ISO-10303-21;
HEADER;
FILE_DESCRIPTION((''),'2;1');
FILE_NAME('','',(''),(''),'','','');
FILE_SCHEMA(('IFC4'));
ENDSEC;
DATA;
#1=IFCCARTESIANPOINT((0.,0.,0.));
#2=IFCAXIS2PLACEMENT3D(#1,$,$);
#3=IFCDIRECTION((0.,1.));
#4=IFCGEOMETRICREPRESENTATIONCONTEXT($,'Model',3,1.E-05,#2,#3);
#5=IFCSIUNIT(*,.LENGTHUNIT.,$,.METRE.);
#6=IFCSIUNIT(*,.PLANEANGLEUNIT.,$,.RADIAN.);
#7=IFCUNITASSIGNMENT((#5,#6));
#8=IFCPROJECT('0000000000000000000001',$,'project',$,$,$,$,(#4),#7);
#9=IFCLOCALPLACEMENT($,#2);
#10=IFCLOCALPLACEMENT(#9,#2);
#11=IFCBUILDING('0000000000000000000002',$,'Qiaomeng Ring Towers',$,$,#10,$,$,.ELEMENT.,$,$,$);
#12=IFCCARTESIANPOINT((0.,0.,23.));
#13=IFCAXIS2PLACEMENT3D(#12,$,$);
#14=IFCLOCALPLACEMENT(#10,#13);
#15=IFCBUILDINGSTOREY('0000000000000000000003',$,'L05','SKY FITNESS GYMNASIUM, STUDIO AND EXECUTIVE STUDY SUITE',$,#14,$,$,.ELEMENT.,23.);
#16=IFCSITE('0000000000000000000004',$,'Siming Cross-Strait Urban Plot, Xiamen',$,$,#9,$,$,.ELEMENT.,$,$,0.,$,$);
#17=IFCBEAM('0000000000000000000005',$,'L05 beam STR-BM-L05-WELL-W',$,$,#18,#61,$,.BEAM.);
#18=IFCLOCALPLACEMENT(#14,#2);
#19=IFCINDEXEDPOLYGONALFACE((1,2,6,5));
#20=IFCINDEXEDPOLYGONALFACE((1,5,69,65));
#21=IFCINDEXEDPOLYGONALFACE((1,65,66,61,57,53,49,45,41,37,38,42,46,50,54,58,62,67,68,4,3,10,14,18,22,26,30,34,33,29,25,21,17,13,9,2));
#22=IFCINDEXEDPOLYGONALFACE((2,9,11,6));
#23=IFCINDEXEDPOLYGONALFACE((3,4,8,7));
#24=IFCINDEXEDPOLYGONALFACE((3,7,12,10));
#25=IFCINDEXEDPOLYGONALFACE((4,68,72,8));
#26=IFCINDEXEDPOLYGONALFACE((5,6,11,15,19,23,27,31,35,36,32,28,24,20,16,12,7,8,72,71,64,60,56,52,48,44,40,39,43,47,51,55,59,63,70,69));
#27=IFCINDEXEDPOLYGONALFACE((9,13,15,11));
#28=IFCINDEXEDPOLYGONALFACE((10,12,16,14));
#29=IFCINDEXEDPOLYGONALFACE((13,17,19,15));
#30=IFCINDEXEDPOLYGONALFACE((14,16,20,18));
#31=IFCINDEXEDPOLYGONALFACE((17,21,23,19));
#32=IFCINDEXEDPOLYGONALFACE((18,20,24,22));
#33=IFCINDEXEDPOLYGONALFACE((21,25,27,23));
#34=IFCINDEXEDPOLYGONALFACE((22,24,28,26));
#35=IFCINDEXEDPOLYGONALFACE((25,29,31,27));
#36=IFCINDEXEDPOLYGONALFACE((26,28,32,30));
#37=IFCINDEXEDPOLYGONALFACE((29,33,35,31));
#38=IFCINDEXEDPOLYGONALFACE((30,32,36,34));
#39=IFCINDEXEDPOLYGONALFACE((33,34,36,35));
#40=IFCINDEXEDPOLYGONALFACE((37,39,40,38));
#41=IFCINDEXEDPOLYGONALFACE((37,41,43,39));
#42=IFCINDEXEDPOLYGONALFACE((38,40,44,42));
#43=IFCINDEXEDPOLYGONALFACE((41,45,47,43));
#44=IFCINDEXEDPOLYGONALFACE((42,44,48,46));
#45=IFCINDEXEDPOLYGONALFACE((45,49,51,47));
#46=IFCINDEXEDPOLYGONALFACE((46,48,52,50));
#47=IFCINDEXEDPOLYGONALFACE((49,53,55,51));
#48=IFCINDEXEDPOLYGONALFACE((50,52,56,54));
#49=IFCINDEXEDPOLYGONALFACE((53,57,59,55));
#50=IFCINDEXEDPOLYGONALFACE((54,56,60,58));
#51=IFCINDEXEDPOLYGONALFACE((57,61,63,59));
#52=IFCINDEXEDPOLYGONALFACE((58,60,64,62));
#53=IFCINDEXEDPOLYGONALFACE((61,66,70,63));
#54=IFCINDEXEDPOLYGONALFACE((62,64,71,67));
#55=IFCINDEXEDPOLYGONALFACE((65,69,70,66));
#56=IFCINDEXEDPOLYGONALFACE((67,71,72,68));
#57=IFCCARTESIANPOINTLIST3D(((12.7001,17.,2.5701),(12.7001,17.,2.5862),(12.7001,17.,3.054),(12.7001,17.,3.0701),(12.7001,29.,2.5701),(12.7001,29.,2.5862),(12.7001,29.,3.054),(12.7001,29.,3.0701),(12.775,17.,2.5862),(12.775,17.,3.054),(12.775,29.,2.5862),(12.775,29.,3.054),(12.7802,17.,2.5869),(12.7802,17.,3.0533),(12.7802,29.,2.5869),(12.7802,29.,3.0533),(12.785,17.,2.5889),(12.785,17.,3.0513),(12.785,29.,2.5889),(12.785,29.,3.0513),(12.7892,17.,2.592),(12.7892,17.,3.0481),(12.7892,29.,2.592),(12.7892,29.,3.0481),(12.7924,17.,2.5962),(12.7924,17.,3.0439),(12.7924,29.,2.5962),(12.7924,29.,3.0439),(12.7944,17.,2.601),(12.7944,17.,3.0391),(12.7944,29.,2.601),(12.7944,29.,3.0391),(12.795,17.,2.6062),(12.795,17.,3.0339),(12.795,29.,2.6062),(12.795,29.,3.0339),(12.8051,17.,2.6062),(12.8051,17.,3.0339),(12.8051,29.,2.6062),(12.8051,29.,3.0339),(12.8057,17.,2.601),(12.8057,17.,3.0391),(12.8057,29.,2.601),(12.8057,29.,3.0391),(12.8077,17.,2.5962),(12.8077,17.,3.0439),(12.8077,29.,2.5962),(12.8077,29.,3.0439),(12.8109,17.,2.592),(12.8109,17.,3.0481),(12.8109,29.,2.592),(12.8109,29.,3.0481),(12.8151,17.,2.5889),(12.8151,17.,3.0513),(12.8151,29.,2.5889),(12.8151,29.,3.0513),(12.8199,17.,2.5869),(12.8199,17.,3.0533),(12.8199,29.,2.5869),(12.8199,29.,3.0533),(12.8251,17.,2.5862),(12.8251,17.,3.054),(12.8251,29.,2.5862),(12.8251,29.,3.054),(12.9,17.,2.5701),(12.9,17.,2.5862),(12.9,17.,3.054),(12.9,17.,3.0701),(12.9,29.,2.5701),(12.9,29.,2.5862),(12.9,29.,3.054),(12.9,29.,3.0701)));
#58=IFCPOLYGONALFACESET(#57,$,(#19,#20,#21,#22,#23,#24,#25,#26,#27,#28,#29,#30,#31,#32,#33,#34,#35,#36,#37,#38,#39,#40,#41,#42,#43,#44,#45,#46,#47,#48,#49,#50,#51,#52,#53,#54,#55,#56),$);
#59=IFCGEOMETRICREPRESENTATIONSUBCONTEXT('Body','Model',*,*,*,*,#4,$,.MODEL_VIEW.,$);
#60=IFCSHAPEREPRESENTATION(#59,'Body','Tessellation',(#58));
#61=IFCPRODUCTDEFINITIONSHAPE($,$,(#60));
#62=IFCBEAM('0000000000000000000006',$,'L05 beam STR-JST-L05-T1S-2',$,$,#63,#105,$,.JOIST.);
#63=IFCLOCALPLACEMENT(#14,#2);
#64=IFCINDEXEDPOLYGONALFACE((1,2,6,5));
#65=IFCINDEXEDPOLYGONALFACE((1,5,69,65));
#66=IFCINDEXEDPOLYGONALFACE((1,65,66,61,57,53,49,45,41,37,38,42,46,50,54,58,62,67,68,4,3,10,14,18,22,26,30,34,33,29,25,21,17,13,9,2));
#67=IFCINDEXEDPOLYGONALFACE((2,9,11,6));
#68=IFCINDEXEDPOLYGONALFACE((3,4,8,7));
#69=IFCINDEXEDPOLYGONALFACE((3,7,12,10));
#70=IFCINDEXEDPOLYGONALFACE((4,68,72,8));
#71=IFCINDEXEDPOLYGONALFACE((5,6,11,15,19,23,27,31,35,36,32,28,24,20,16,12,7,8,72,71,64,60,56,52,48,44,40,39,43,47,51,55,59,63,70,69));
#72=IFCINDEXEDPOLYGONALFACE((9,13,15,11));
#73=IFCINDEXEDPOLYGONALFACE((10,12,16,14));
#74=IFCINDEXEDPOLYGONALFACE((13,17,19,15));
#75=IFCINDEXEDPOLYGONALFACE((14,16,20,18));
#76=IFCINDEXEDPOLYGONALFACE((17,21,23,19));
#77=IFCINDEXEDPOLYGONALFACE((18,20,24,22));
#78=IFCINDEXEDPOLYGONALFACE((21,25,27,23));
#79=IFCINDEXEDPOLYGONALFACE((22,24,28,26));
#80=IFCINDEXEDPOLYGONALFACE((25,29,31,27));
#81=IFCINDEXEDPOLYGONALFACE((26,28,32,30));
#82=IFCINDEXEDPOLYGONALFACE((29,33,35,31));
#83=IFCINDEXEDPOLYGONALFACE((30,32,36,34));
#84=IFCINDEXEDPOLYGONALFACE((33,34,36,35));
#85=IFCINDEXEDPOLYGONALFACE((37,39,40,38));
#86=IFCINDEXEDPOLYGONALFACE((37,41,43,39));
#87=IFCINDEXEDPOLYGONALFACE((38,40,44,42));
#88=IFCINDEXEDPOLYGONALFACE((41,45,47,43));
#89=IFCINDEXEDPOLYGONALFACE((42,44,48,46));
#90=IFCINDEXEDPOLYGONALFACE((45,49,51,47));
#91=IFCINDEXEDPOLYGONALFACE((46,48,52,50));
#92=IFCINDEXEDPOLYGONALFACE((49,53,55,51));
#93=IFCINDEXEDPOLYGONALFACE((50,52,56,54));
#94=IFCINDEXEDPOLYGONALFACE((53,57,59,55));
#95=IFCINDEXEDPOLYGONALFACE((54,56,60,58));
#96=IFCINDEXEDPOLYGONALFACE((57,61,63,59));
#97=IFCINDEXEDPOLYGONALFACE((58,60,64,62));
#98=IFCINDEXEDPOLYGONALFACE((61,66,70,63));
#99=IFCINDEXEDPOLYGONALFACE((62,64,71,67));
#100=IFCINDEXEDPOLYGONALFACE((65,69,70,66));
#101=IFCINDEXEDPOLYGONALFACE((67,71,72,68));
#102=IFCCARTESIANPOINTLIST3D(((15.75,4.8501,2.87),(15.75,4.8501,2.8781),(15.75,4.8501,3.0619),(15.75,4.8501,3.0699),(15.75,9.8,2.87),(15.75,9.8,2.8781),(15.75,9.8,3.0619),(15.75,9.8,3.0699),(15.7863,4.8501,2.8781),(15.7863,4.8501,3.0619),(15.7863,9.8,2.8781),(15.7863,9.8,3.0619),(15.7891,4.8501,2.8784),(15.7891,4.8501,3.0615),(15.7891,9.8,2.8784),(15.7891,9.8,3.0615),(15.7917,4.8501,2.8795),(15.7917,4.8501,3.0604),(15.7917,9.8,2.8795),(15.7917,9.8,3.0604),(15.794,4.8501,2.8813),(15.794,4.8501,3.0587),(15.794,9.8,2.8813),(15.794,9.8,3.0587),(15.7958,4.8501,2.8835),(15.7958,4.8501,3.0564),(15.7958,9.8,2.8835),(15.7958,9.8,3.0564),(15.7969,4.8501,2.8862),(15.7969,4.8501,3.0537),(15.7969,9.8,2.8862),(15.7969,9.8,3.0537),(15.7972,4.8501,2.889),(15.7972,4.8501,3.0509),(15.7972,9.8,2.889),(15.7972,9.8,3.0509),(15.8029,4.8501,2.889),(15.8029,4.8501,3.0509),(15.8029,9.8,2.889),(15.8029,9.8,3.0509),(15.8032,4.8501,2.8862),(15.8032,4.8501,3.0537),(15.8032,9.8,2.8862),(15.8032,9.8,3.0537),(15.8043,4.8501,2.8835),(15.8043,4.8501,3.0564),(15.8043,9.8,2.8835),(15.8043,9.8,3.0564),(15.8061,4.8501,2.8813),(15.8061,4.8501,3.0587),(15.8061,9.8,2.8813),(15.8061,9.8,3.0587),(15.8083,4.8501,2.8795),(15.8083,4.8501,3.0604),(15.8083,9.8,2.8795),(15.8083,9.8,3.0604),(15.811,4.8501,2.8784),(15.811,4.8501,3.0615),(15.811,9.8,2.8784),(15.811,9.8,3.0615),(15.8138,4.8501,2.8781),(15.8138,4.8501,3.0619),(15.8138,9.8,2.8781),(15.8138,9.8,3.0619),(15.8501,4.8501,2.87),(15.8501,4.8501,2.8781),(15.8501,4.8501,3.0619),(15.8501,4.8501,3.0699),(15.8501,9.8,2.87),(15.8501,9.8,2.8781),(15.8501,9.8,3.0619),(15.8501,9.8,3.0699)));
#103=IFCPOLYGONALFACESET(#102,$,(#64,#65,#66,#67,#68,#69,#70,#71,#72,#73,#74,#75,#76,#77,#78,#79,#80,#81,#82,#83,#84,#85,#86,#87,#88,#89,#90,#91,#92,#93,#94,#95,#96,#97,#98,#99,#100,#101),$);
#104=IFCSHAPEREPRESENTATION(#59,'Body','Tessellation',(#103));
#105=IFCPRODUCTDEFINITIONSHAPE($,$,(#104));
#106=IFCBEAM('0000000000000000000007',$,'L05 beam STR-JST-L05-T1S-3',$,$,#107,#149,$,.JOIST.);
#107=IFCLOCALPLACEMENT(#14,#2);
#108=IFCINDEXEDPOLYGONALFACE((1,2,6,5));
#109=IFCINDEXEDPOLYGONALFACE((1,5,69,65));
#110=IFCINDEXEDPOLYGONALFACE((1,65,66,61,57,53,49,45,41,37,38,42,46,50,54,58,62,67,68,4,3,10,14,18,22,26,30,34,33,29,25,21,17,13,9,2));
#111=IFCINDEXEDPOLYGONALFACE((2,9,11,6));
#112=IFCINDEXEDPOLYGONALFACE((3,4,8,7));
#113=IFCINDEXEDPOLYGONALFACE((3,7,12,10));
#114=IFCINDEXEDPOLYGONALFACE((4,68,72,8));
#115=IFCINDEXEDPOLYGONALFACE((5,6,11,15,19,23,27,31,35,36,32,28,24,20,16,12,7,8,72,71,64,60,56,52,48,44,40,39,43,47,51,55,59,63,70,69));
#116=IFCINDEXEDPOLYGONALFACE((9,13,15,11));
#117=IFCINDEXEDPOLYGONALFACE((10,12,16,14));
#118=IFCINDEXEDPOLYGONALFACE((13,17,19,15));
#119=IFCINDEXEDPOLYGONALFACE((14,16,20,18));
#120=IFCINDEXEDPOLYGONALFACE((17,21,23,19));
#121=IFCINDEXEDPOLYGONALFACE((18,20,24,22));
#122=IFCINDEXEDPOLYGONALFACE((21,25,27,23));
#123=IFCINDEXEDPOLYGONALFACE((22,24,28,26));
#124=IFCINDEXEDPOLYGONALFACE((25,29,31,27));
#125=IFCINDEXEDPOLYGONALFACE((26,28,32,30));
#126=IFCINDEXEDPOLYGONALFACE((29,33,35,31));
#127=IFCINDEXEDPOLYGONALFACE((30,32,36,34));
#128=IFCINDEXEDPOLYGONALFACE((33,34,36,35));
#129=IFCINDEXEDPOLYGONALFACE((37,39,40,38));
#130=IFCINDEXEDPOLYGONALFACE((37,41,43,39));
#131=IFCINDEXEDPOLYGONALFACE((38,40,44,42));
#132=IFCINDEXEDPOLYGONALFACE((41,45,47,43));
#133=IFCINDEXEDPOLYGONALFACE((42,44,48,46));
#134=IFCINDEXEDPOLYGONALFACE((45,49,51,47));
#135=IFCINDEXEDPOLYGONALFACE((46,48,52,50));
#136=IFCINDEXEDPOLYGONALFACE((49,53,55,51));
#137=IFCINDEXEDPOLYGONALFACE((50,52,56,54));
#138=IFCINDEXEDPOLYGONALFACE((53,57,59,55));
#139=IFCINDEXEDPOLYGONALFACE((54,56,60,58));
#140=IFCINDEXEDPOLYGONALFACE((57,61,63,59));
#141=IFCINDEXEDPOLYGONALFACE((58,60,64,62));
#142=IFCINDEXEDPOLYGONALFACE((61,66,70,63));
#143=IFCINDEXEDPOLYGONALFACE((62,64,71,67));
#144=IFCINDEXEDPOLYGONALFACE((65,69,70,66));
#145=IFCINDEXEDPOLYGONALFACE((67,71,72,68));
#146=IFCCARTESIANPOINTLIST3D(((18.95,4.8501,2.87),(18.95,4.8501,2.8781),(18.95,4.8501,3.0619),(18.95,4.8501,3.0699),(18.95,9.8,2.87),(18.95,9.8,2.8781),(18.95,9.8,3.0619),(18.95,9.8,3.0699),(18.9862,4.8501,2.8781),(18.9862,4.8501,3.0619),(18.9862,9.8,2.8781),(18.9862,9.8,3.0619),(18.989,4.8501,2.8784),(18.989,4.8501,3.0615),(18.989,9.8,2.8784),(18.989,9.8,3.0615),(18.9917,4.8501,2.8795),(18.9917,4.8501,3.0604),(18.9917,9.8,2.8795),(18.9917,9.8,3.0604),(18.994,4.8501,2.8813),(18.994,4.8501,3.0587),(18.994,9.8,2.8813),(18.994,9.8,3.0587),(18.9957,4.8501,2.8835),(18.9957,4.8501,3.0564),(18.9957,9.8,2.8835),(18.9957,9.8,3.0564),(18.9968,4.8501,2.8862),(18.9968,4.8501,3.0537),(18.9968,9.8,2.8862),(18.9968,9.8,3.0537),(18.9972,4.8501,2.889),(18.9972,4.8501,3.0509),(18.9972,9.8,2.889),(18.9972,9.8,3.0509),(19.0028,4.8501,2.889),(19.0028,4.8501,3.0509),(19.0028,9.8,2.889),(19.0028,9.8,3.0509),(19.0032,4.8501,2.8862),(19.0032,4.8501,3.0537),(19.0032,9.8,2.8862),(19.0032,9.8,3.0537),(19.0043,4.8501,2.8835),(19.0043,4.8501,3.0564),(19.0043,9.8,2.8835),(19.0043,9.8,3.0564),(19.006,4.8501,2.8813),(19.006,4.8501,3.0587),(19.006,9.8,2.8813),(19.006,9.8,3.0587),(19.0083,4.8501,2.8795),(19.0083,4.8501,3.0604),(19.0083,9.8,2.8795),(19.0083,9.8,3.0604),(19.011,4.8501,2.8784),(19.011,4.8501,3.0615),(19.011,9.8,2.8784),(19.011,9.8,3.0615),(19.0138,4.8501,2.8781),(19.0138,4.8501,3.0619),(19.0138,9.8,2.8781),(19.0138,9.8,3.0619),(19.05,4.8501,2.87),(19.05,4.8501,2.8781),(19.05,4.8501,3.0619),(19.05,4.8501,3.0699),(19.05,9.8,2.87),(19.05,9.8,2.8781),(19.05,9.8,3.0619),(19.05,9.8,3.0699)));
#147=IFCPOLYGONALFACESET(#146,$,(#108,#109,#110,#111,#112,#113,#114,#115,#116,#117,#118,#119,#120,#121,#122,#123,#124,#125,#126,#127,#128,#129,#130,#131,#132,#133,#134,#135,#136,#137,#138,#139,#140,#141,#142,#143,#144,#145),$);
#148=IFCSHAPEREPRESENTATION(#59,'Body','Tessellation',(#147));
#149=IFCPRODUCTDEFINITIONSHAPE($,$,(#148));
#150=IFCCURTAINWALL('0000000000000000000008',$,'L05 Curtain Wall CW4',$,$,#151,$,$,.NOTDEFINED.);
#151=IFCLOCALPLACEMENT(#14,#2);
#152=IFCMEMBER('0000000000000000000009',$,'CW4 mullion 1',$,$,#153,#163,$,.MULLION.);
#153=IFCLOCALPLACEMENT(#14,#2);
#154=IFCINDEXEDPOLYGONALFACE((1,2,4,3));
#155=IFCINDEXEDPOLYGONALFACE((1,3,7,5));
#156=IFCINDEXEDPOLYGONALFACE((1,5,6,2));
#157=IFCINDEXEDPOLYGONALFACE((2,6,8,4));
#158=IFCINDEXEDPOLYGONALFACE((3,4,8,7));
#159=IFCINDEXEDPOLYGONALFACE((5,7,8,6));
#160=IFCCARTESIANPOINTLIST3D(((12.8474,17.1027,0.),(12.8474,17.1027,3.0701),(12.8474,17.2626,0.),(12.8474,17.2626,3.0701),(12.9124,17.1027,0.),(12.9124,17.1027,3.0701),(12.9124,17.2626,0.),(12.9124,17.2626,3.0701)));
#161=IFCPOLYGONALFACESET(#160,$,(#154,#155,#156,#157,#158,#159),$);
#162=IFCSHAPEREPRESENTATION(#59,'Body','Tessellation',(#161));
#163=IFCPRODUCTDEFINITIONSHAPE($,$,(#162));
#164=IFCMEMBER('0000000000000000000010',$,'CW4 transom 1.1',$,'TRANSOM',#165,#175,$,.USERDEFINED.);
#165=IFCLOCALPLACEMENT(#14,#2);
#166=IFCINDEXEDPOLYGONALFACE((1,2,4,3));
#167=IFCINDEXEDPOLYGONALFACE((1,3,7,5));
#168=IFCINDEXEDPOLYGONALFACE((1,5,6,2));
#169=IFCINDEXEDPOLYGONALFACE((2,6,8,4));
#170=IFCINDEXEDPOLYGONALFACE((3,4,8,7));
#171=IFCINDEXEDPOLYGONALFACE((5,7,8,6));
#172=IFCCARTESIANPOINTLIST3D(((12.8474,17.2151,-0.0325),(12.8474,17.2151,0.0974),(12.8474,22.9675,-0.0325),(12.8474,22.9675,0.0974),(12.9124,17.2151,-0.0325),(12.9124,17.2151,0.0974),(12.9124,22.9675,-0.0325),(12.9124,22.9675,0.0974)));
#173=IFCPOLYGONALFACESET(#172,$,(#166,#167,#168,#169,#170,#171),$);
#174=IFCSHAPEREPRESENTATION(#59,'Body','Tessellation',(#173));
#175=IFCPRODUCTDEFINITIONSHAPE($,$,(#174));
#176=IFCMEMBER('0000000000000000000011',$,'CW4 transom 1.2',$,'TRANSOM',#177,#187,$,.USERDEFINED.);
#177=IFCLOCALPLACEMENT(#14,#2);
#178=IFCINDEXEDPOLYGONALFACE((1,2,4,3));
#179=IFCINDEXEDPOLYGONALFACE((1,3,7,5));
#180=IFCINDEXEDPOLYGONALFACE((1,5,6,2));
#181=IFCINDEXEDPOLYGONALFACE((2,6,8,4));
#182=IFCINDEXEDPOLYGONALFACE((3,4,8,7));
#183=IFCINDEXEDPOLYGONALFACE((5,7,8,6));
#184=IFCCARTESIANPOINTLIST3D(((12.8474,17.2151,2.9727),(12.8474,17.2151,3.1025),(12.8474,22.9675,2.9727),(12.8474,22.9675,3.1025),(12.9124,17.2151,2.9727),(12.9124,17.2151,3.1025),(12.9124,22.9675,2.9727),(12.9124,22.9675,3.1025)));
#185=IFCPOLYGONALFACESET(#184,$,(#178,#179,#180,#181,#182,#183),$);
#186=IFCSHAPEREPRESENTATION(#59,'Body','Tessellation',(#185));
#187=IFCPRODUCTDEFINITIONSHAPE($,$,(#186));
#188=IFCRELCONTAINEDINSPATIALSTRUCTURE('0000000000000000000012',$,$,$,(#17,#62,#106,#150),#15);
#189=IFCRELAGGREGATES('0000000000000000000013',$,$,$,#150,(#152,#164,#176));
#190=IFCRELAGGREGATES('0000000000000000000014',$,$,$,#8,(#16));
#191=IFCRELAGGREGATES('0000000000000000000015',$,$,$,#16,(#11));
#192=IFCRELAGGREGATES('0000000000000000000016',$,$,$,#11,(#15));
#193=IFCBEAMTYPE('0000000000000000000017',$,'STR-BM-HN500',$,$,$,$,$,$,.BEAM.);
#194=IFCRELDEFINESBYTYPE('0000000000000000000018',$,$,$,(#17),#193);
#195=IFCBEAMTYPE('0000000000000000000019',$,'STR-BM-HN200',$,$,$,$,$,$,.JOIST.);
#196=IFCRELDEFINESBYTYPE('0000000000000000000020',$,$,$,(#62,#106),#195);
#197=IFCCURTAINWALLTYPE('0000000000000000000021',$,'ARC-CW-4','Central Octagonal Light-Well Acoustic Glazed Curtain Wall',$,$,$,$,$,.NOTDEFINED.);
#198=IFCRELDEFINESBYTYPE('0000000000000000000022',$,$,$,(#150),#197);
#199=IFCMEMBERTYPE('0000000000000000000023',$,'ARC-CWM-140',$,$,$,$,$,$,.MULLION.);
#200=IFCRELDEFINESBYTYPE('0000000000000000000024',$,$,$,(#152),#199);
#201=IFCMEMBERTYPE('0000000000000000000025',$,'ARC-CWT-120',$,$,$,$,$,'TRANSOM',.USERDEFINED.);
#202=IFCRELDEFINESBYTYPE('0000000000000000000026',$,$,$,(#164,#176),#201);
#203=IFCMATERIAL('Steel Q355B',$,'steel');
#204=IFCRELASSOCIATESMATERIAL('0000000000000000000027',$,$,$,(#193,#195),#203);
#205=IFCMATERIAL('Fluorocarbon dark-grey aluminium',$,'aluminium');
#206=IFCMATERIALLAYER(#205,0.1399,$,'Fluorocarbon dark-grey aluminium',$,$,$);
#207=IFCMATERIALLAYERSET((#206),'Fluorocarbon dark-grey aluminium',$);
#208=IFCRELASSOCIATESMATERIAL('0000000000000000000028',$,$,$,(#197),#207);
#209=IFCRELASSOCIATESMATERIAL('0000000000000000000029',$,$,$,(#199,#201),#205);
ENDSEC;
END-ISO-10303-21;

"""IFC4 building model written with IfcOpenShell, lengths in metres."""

from ifc_helpers import new_model, si_unit, direction, frame, origin, origin_2d, place, context, subcontext, project, spatial, rectangle, i_section, extrude, source, transform, mapped, material, layer, layer_set, material_profile, profile_set, type_object, element, aggregate, save


model = new_model("IFC4")

# Units and contexts
model_context = context("Model", 3, precision=1e-05, world=origin(), true_north=direction((0.0, 1.0)))
body_context = subcontext(model_context, "Body", "Model", "MODEL_VIEW")
ifc_project = project(units=[si_unit("LENGTHUNIT", "METRE"), si_unit("PLANEANGLEUNIT", "RADIAN")], contexts=[model_context])

# Site, building, storey
site_placement = place(None, origin())
site = spatial("IfcSite", under=ifc_project, at=site_placement, Name="Siming Cross-Strait Urban Plot, Xiamen", CompositionType="ELEMENT", RefElevation=0.0)
building_placement = place(site_placement, origin())
building = spatial("IfcBuilding", under=site, at=building_placement, Name="Qiaomeng Ring Towers", CompositionType="ELEMENT")
storey_placement = place(building_placement, frame((0.0, 0.0, 23.0)))
storey = spatial("IfcBuildingStorey", under=building, at=storey_placement, Name="L05", Description="SKY FITNESS GYMNASIUM, STUDIO AND EXECUTIVE STUDY SUITE", CompositionType="ELEMENT", Elevation=23.0)

# Beams
ifc_material_1 = material(Name="Steel Q355B", Category="steel")
ifc_material_profile_1 = material_profile(ifc_material_1, i_section(OverallWidth=0.2, OverallDepth=0.5, WebThickness=0.01, FlangeThickness=0.0161, FilletRadius=0.02, at=origin_2d()), Name="HN 500x200x10x16")
ifc_profile_set_1 = profile_set([ifc_material_profile_1], Name="Steel Q355B")
beam_type_1 = type_object("IfcBeamType", Name="STR-BM-HN500", PredefinedType="BEAM", material=ifc_profile_set_1)
shared_shape_1 = source(origin(), body_context, "Body", "SweptSolid", [
    extrude(i_section(OverallWidth=0.2, OverallDepth=0.5, WebThickness=0.01, FlangeThickness=0.0161, FilletRadius=0.02, at=origin_2d()), origin(), (0.0, 0.0, 1.0), 12.0),
])
beam_placement = place(storey_placement, frame((12.8, 17.0, 2.8201), z_axis=(0.0, 1.0, 0.0), x_axis=(-1.0, 0.0, 0.0)))
element("IfcBeam", 1, at=beam_placement, inside=storey, type_object=beam_type_1, Name="L05 beam STR-BM-L05-WELL-W", PredefinedType="BEAM", context=body_context, shape_type="MappedRepresentation", body=[
    mapped(shared_shape_1, transform((0.0, 0.0, 0.0), x_axis=(1.0, 0.0, 0.0), y_axis=(0.0, 1.0, 0.0), z_axis=(0.0, 0.0, 1.0), scale=1.0)),
])
ifc_material_profile_2 = material_profile(ifc_material_1, i_section(OverallWidth=0.1001, OverallDepth=0.2, WebThickness=0.0056, FlangeThickness=0.0081, FilletRadius=0.011, at=origin_2d()), Name="HN 200x100x5.5x8")
ifc_profile_set_2 = profile_set([ifc_material_profile_2], Name="Steel Q355B")
beam_type_2 = type_object("IfcBeamType", Name="STR-BM-HN200", PredefinedType="JOIST", material=ifc_profile_set_2)
shared_shape_2 = source(origin(), body_context, "Body", "SweptSolid", [
    extrude(i_section(OverallWidth=0.1001, OverallDepth=0.2, WebThickness=0.0056, FlangeThickness=0.0081, FilletRadius=0.011, at=origin_2d()), origin(), (0.0, 0.0, 1.0), 4.95),
])
for number, where, z_axis, x_axis, name in (
    (2, (15.8, 4.8501, 2.97), (0.0, 1.0, 0.0), (-1.0, 0.0, 0.0), "L05 beam STR-JST-L05-T1S-2"),
    (3, (19.0, 4.8501, 2.97), (0.0, 1.0, 0.0), (-1.0, 0.0, 0.0), "L05 beam STR-JST-L05-T1S-3"),
):
    element("IfcBeam", number, at=place(storey_placement, frame(where, z_axis=z_axis, x_axis=x_axis)), inside=storey, type_object=beam_type_2, Name=name, PredefinedType="JOIST", context=body_context, shape_type="MappedRepresentation", body=[
        mapped(shared_shape_2, transform((0.0, 0.0, 0.0), x_axis=(1.0, 0.0, 0.0), y_axis=(0.0, 1.0, 0.0), z_axis=(0.0, 0.0, 1.0), scale=1.0)),
    ])

# Curtain wall, members
ifc_material_2 = material(Name="Fluorocarbon dark-grey aluminium", Category="aluminium")
ifc_layer_1 = layer(ifc_material_2, 0.1399, Name="Fluorocarbon dark-grey aluminium")
ifc_layer_set_1 = layer_set([ifc_layer_1], Name="Fluorocarbon dark-grey aluminium")
curtain_wall_type = type_object("IfcCurtainWallType", Name="ARC-CW-4", Description="Central Octagonal Light-Well Acoustic Glazed Curtain Wall", PredefinedType="NOTDEFINED", material=ifc_layer_set_1)
curtain_wall_placement = place(storey_placement, origin())
curtain_wall = element("IfcCurtainWall", 4, at=curtain_wall_placement, inside=storey, type_object=curtain_wall_type, Name="L05 Curtain Wall CW4", PredefinedType="NOTDEFINED")
ifc_material_profile_3 = material_profile(ifc_material_2, rectangle(XDim=0.0649, YDim=0.1599, at=origin_2d()), Name="ALU MULL 65x160")
ifc_profile_set_3 = profile_set([ifc_material_profile_3], Name="Fluorocarbon dark-grey aluminium")
member_type_1 = type_object("IfcMemberType", Name="ARC-CWM-140", PredefinedType="MULLION", material=ifc_profile_set_3)
shared_shape_3 = source(origin(), body_context, "Body", "SweptSolid", [
    extrude(rectangle(XDim=0.0649, YDim=0.1599, at=origin_2d()), origin(), (0.0, 0.0, 1.0), 3.0701),
])
member_1_placement = place(storey_placement, frame((12.8799, 17.1826, 0.0), z_axis=(0.0, 0.0, 1.0), x_axis=(-1.0, 0.0, 0.0)))
member_1 = element("IfcMember", 5, at=member_1_placement, type_object=member_type_1, Name="CW4 mullion 1", PredefinedType="MULLION", context=body_context, shape_type="MappedRepresentation", body=[
    mapped(shared_shape_3, transform((0.0, 0.0, 0.0), x_axis=(1.0, 0.0, 0.0), y_axis=(0.0, 1.0, 0.0), z_axis=(0.0, 0.0, 1.0), scale=1.0)),
])
ifc_material_profile_4 = material_profile(ifc_material_2, rectangle(XDim=0.0649, YDim=0.1299, at=origin_2d()), Name="ALU TRAN 65x130")
ifc_profile_set_4 = profile_set([ifc_material_profile_4], Name="Fluorocarbon dark-grey aluminium")
member_type_2 = type_object("IfcMemberType", Name="ARC-CWT-120", ElementType="TRANSOM", PredefinedType="USERDEFINED", material=ifc_profile_set_4)
shared_shape_4 = source(origin(), body_context, "Body", "SweptSolid", [
    extrude(rectangle(XDim=0.0649, YDim=0.1299, at=origin_2d()), origin(), (0.0, 0.0, 1.0), 5.7524),
])
member_2_placement = place(storey_placement, frame((12.8799, 17.2151, 0.0325), z_axis=(0.0, 1.0, 0.0), x_axis=(-1.0, 0.0, 0.0)))
member_2 = element("IfcMember", 6, at=member_2_placement, type_object=member_type_2, Name="CW4 transom 1.1", ObjectType="TRANSOM", PredefinedType="USERDEFINED", context=body_context, shape_type="MappedRepresentation", body=[
    mapped(shared_shape_4, transform((0.0, 0.0, 0.0), x_axis=(1.0, 0.0, 0.0), y_axis=(0.0, 1.0, 0.0), z_axis=(0.0, 0.0, 1.0), scale=1.0)),
])
member_3_placement = place(storey_placement, frame((12.8799, 17.2151, 3.0376), z_axis=(0.0, 1.0, 0.0), x_axis=(-1.0, 0.0, 0.0)))
member_3 = element("IfcMember", 7, at=member_3_placement, type_object=member_type_2, Name="CW4 transom 1.2", ObjectType="TRANSOM", PredefinedType="USERDEFINED", context=body_context, shape_type="MappedRepresentation", body=[
    mapped(shared_shape_4, transform((0.0, 0.0, 0.0), x_axis=(1.0, 0.0, 0.0), y_axis=(0.0, 1.0, 0.0), z_axis=(0.0, 0.0, 1.0), scale=1.0)),
])
aggregate(curtain_wall, [member_1, member_2, member_3])

save(model, "model.ifc")
